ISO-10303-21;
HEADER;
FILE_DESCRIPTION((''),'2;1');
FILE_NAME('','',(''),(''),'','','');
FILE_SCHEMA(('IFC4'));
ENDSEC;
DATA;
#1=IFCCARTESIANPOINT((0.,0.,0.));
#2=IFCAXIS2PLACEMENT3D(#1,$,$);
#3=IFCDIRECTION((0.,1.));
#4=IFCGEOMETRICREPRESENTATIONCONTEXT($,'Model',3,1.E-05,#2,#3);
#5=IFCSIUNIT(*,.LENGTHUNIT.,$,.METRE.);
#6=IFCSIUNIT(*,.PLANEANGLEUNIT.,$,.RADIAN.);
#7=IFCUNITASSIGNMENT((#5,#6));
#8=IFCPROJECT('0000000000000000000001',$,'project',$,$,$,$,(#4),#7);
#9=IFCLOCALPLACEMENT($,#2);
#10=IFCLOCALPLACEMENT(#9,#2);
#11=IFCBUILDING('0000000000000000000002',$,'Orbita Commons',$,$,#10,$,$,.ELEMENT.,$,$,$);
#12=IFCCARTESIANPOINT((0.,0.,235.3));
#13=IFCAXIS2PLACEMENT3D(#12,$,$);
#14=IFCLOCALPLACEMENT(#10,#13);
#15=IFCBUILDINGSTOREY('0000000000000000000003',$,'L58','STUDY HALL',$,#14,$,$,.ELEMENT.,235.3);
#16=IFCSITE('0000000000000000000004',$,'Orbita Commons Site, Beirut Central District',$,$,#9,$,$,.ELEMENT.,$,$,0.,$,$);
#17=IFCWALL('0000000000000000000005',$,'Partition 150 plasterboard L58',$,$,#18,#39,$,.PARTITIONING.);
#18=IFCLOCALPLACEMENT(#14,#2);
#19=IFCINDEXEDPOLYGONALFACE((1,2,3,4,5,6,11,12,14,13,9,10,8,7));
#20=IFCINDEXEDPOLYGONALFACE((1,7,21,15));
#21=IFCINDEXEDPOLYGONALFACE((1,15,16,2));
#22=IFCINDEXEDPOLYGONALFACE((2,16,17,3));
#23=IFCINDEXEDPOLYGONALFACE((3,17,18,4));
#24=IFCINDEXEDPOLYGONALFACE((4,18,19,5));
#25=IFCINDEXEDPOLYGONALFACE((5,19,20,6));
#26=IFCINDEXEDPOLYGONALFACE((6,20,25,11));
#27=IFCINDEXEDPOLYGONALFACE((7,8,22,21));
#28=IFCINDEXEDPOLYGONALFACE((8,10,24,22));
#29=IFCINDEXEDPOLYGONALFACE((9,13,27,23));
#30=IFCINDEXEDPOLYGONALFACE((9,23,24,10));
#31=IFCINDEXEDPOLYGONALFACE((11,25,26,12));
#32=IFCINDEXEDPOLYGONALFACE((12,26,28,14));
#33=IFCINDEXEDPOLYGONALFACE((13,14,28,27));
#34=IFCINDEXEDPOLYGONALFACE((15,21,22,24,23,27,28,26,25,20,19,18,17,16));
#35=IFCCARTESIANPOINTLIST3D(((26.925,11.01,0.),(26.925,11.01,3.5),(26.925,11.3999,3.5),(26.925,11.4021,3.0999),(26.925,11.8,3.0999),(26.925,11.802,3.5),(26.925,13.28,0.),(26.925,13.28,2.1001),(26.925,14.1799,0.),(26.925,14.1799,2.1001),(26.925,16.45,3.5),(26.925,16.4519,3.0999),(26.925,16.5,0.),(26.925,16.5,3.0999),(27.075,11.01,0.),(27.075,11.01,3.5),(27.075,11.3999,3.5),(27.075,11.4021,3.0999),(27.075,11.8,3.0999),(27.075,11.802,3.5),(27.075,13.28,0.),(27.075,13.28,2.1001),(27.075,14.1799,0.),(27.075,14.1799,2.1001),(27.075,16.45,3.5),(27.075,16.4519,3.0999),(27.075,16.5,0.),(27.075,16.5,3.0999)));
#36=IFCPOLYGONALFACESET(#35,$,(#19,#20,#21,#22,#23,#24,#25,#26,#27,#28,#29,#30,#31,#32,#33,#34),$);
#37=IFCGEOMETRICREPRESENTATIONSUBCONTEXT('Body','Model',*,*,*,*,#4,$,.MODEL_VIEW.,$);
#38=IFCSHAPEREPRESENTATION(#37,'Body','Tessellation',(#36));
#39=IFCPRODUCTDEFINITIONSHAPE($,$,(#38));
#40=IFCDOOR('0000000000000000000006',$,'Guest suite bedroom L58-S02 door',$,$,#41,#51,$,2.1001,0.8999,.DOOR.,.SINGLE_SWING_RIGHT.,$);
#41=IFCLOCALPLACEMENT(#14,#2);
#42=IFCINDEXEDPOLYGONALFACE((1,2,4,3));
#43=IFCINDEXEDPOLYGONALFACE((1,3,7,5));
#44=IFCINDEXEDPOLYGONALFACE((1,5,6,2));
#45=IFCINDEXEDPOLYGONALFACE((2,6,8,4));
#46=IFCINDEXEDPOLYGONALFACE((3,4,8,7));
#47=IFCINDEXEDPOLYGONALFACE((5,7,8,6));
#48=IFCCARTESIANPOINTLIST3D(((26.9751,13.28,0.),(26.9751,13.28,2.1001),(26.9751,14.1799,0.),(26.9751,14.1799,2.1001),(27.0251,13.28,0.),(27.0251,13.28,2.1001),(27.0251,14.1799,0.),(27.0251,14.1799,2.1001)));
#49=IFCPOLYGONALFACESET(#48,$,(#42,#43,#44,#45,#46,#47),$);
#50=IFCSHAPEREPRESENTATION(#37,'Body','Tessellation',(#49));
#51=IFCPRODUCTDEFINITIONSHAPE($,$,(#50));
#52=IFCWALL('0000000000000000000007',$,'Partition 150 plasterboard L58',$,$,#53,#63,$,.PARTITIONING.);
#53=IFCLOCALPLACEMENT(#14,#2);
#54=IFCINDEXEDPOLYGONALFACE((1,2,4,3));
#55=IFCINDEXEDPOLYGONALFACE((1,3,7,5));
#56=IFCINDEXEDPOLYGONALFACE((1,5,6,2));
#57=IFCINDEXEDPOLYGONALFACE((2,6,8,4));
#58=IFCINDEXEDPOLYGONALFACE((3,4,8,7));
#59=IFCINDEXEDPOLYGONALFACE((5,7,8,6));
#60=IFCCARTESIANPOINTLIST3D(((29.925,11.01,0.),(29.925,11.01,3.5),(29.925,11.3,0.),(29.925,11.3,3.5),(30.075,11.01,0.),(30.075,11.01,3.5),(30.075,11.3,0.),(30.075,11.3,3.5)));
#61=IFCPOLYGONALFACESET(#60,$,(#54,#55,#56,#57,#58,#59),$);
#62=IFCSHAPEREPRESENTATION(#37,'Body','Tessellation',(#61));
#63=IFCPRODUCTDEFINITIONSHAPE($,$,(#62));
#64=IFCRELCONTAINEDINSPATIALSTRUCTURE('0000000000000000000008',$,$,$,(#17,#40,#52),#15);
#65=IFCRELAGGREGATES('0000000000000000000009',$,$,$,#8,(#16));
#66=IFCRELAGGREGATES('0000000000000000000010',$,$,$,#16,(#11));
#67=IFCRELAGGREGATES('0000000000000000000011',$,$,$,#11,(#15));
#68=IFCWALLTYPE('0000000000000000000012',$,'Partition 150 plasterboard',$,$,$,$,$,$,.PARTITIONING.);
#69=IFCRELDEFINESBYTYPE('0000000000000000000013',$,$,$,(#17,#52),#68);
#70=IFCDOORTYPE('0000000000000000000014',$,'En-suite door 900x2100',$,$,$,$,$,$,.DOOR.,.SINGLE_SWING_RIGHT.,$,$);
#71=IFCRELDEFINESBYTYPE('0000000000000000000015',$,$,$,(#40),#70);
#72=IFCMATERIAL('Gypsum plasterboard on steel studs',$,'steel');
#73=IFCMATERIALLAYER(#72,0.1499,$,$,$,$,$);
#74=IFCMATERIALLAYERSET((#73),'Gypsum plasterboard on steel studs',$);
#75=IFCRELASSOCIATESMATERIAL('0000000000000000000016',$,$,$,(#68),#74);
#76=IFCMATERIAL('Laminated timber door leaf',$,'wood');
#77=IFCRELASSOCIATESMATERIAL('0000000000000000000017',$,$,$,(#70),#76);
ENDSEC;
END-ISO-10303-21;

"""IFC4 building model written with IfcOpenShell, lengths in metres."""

from ifc_helpers import new_model, si_unit, direction, frame, frame_2d, origin, place, context, subcontext, project, spatial, polyline, rectangle, outline, extrude, material, layer, layer_set, type_object, element, fill, save


model = new_model("IFC4")

# Units and contexts
model_context = context("Model", 3, precision=1e-05, world=origin(), true_north=direction((0.0, 1.0)))
body_context = subcontext(model_context, "Body", "Model", "MODEL_VIEW")
ifc_project = project(units=[si_unit("LENGTHUNIT", "METRE"), si_unit("PLANEANGLEUNIT", "RADIAN")], contexts=[model_context])

# Site, building, storey
site_placement = place(None, origin())
site = spatial("IfcSite", under=ifc_project, at=site_placement, Name="Orbita Commons Site, Beirut Central District", CompositionType="ELEMENT", RefElevation=0.0)
building_placement = place(site_placement, origin())
building = spatial("IfcBuilding", under=site, at=building_placement, Name="Orbita Commons", CompositionType="ELEMENT")
storey_placement = place(building_placement, frame((0.0, 0.0, 235.3)))
storey = spatial("IfcBuildingStorey", under=building, at=storey_placement, Name="L58", Description="STUDY HALL", CompositionType="ELEMENT", Elevation=235.3)

# Wall, opening, door
ifc_material_1 = material(Name="Gypsum plasterboard on steel studs", Category="steel")
ifc_layer_1 = layer(ifc_material_1, 0.1499)
ifc_layer_set_1 = layer_set([ifc_layer_1], Name="Gypsum plasterboard on steel studs")
wall_type_1 = type_object("IfcWallType", Name="Partition 150 plasterboard", PredefinedType="PARTITIONING", material=ifc_layer_set_1)
wall_1_placement = place(storey_placement, frame((27.0, 11.01, 0.0), z_axis=(0.0, 0.0, 1.0), x_axis=(0.0, 1.0, 0.0)))
wall_1 = element("IfcWall", 1, at=wall_1_placement, inside=storey, type_object=wall_type_1, Name="Partition 150 plasterboard L58", PredefinedType="PARTITIONING", context=body_context, shape_type="SweptSolid", body=[
    extrude(outline(polyline([(0.0, 0.0), (5.49, 0.0), (5.49, 3.0999), (5.4419, 3.0999), (5.4399, 3.5), (0.792, 3.5), (0.79, 3.0999), (0.3921, 3.0999), (0.3899, 3.5), (0.0, 3.5), (0.0, 0.0)])), frame((0.0, 0.075, 0.0), z_axis=(0.0, -1.0, 0.0), x_axis=(1.0, 0.0, 0.0)), (0.0, 0.0, 1.0), 0.1499),
])
opening_placement = place(wall_1_placement, frame((2.27, 0.0, 0.0)))
opening = element("IfcOpeningElement", 2, at=opening_placement, cuts=wall_1, PredefinedType="OPENING", context=body_context, shape_type="SweptSolid", body=[
    extrude(rectangle(XDim=0.8999, YDim=2.1001, at=frame_2d((0.45, 1.05))), frame((0.0, 0.085, 0.0), z_axis=(0.0, -1.0, 0.0), x_axis=(1.0, 0.0, 0.0)), (0.0, 0.0, 1.0), 0.1699),
])
ifc_material_2 = material(Name="Laminated timber door leaf", Category="wood")
door_type = type_object("IfcDoorType", Name="En-suite door 900x2100", OperationType="SINGLE_SWING_RIGHT", PredefinedType="DOOR", material=ifc_material_2)
door_placement = place(opening_placement, origin())
door = element("IfcDoor", 3, at=door_placement, inside=storey, type_object=door_type, Name="Guest suite bedroom L58-S02 door", OperationType="SINGLE_SWING_RIGHT", OverallHeight=2.1001, OverallWidth=0.8999, PredefinedType="DOOR", context=body_context, shape_type="SweptSolid", body=[
    extrude(rectangle(XDim=0.8999, YDim=2.1001, at=frame_2d((0.45, 1.05))), frame((0.0, 0.0249, 0.0), z_axis=(0.0, -1.0, 0.0), x_axis=(1.0, 0.0, 0.0)), (0.0, 0.0, 1.0), 0.05),
])
fill(opening, door)

# Wall
wall_2_placement = place(storey_placement, frame((30.0, 11.3, 0.0), z_axis=(0.0, 0.0, 1.0), x_axis=(0.0, -1.0, 0.0)))
element("IfcWall", 4, at=wall_2_placement, inside=storey, type_object=wall_type_1, Name="Partition 150 plasterboard L58", PredefinedType="PARTITIONING", context=body_context, shape_type="SweptSolid", body=[
    extrude(rectangle(XDim=0.29, YDim=0.1499, at=frame_2d((0.145, 0.0))), origin(), (0.0, 0.0, 1.0), 3.5),
])

save(model, "model.ifc")
